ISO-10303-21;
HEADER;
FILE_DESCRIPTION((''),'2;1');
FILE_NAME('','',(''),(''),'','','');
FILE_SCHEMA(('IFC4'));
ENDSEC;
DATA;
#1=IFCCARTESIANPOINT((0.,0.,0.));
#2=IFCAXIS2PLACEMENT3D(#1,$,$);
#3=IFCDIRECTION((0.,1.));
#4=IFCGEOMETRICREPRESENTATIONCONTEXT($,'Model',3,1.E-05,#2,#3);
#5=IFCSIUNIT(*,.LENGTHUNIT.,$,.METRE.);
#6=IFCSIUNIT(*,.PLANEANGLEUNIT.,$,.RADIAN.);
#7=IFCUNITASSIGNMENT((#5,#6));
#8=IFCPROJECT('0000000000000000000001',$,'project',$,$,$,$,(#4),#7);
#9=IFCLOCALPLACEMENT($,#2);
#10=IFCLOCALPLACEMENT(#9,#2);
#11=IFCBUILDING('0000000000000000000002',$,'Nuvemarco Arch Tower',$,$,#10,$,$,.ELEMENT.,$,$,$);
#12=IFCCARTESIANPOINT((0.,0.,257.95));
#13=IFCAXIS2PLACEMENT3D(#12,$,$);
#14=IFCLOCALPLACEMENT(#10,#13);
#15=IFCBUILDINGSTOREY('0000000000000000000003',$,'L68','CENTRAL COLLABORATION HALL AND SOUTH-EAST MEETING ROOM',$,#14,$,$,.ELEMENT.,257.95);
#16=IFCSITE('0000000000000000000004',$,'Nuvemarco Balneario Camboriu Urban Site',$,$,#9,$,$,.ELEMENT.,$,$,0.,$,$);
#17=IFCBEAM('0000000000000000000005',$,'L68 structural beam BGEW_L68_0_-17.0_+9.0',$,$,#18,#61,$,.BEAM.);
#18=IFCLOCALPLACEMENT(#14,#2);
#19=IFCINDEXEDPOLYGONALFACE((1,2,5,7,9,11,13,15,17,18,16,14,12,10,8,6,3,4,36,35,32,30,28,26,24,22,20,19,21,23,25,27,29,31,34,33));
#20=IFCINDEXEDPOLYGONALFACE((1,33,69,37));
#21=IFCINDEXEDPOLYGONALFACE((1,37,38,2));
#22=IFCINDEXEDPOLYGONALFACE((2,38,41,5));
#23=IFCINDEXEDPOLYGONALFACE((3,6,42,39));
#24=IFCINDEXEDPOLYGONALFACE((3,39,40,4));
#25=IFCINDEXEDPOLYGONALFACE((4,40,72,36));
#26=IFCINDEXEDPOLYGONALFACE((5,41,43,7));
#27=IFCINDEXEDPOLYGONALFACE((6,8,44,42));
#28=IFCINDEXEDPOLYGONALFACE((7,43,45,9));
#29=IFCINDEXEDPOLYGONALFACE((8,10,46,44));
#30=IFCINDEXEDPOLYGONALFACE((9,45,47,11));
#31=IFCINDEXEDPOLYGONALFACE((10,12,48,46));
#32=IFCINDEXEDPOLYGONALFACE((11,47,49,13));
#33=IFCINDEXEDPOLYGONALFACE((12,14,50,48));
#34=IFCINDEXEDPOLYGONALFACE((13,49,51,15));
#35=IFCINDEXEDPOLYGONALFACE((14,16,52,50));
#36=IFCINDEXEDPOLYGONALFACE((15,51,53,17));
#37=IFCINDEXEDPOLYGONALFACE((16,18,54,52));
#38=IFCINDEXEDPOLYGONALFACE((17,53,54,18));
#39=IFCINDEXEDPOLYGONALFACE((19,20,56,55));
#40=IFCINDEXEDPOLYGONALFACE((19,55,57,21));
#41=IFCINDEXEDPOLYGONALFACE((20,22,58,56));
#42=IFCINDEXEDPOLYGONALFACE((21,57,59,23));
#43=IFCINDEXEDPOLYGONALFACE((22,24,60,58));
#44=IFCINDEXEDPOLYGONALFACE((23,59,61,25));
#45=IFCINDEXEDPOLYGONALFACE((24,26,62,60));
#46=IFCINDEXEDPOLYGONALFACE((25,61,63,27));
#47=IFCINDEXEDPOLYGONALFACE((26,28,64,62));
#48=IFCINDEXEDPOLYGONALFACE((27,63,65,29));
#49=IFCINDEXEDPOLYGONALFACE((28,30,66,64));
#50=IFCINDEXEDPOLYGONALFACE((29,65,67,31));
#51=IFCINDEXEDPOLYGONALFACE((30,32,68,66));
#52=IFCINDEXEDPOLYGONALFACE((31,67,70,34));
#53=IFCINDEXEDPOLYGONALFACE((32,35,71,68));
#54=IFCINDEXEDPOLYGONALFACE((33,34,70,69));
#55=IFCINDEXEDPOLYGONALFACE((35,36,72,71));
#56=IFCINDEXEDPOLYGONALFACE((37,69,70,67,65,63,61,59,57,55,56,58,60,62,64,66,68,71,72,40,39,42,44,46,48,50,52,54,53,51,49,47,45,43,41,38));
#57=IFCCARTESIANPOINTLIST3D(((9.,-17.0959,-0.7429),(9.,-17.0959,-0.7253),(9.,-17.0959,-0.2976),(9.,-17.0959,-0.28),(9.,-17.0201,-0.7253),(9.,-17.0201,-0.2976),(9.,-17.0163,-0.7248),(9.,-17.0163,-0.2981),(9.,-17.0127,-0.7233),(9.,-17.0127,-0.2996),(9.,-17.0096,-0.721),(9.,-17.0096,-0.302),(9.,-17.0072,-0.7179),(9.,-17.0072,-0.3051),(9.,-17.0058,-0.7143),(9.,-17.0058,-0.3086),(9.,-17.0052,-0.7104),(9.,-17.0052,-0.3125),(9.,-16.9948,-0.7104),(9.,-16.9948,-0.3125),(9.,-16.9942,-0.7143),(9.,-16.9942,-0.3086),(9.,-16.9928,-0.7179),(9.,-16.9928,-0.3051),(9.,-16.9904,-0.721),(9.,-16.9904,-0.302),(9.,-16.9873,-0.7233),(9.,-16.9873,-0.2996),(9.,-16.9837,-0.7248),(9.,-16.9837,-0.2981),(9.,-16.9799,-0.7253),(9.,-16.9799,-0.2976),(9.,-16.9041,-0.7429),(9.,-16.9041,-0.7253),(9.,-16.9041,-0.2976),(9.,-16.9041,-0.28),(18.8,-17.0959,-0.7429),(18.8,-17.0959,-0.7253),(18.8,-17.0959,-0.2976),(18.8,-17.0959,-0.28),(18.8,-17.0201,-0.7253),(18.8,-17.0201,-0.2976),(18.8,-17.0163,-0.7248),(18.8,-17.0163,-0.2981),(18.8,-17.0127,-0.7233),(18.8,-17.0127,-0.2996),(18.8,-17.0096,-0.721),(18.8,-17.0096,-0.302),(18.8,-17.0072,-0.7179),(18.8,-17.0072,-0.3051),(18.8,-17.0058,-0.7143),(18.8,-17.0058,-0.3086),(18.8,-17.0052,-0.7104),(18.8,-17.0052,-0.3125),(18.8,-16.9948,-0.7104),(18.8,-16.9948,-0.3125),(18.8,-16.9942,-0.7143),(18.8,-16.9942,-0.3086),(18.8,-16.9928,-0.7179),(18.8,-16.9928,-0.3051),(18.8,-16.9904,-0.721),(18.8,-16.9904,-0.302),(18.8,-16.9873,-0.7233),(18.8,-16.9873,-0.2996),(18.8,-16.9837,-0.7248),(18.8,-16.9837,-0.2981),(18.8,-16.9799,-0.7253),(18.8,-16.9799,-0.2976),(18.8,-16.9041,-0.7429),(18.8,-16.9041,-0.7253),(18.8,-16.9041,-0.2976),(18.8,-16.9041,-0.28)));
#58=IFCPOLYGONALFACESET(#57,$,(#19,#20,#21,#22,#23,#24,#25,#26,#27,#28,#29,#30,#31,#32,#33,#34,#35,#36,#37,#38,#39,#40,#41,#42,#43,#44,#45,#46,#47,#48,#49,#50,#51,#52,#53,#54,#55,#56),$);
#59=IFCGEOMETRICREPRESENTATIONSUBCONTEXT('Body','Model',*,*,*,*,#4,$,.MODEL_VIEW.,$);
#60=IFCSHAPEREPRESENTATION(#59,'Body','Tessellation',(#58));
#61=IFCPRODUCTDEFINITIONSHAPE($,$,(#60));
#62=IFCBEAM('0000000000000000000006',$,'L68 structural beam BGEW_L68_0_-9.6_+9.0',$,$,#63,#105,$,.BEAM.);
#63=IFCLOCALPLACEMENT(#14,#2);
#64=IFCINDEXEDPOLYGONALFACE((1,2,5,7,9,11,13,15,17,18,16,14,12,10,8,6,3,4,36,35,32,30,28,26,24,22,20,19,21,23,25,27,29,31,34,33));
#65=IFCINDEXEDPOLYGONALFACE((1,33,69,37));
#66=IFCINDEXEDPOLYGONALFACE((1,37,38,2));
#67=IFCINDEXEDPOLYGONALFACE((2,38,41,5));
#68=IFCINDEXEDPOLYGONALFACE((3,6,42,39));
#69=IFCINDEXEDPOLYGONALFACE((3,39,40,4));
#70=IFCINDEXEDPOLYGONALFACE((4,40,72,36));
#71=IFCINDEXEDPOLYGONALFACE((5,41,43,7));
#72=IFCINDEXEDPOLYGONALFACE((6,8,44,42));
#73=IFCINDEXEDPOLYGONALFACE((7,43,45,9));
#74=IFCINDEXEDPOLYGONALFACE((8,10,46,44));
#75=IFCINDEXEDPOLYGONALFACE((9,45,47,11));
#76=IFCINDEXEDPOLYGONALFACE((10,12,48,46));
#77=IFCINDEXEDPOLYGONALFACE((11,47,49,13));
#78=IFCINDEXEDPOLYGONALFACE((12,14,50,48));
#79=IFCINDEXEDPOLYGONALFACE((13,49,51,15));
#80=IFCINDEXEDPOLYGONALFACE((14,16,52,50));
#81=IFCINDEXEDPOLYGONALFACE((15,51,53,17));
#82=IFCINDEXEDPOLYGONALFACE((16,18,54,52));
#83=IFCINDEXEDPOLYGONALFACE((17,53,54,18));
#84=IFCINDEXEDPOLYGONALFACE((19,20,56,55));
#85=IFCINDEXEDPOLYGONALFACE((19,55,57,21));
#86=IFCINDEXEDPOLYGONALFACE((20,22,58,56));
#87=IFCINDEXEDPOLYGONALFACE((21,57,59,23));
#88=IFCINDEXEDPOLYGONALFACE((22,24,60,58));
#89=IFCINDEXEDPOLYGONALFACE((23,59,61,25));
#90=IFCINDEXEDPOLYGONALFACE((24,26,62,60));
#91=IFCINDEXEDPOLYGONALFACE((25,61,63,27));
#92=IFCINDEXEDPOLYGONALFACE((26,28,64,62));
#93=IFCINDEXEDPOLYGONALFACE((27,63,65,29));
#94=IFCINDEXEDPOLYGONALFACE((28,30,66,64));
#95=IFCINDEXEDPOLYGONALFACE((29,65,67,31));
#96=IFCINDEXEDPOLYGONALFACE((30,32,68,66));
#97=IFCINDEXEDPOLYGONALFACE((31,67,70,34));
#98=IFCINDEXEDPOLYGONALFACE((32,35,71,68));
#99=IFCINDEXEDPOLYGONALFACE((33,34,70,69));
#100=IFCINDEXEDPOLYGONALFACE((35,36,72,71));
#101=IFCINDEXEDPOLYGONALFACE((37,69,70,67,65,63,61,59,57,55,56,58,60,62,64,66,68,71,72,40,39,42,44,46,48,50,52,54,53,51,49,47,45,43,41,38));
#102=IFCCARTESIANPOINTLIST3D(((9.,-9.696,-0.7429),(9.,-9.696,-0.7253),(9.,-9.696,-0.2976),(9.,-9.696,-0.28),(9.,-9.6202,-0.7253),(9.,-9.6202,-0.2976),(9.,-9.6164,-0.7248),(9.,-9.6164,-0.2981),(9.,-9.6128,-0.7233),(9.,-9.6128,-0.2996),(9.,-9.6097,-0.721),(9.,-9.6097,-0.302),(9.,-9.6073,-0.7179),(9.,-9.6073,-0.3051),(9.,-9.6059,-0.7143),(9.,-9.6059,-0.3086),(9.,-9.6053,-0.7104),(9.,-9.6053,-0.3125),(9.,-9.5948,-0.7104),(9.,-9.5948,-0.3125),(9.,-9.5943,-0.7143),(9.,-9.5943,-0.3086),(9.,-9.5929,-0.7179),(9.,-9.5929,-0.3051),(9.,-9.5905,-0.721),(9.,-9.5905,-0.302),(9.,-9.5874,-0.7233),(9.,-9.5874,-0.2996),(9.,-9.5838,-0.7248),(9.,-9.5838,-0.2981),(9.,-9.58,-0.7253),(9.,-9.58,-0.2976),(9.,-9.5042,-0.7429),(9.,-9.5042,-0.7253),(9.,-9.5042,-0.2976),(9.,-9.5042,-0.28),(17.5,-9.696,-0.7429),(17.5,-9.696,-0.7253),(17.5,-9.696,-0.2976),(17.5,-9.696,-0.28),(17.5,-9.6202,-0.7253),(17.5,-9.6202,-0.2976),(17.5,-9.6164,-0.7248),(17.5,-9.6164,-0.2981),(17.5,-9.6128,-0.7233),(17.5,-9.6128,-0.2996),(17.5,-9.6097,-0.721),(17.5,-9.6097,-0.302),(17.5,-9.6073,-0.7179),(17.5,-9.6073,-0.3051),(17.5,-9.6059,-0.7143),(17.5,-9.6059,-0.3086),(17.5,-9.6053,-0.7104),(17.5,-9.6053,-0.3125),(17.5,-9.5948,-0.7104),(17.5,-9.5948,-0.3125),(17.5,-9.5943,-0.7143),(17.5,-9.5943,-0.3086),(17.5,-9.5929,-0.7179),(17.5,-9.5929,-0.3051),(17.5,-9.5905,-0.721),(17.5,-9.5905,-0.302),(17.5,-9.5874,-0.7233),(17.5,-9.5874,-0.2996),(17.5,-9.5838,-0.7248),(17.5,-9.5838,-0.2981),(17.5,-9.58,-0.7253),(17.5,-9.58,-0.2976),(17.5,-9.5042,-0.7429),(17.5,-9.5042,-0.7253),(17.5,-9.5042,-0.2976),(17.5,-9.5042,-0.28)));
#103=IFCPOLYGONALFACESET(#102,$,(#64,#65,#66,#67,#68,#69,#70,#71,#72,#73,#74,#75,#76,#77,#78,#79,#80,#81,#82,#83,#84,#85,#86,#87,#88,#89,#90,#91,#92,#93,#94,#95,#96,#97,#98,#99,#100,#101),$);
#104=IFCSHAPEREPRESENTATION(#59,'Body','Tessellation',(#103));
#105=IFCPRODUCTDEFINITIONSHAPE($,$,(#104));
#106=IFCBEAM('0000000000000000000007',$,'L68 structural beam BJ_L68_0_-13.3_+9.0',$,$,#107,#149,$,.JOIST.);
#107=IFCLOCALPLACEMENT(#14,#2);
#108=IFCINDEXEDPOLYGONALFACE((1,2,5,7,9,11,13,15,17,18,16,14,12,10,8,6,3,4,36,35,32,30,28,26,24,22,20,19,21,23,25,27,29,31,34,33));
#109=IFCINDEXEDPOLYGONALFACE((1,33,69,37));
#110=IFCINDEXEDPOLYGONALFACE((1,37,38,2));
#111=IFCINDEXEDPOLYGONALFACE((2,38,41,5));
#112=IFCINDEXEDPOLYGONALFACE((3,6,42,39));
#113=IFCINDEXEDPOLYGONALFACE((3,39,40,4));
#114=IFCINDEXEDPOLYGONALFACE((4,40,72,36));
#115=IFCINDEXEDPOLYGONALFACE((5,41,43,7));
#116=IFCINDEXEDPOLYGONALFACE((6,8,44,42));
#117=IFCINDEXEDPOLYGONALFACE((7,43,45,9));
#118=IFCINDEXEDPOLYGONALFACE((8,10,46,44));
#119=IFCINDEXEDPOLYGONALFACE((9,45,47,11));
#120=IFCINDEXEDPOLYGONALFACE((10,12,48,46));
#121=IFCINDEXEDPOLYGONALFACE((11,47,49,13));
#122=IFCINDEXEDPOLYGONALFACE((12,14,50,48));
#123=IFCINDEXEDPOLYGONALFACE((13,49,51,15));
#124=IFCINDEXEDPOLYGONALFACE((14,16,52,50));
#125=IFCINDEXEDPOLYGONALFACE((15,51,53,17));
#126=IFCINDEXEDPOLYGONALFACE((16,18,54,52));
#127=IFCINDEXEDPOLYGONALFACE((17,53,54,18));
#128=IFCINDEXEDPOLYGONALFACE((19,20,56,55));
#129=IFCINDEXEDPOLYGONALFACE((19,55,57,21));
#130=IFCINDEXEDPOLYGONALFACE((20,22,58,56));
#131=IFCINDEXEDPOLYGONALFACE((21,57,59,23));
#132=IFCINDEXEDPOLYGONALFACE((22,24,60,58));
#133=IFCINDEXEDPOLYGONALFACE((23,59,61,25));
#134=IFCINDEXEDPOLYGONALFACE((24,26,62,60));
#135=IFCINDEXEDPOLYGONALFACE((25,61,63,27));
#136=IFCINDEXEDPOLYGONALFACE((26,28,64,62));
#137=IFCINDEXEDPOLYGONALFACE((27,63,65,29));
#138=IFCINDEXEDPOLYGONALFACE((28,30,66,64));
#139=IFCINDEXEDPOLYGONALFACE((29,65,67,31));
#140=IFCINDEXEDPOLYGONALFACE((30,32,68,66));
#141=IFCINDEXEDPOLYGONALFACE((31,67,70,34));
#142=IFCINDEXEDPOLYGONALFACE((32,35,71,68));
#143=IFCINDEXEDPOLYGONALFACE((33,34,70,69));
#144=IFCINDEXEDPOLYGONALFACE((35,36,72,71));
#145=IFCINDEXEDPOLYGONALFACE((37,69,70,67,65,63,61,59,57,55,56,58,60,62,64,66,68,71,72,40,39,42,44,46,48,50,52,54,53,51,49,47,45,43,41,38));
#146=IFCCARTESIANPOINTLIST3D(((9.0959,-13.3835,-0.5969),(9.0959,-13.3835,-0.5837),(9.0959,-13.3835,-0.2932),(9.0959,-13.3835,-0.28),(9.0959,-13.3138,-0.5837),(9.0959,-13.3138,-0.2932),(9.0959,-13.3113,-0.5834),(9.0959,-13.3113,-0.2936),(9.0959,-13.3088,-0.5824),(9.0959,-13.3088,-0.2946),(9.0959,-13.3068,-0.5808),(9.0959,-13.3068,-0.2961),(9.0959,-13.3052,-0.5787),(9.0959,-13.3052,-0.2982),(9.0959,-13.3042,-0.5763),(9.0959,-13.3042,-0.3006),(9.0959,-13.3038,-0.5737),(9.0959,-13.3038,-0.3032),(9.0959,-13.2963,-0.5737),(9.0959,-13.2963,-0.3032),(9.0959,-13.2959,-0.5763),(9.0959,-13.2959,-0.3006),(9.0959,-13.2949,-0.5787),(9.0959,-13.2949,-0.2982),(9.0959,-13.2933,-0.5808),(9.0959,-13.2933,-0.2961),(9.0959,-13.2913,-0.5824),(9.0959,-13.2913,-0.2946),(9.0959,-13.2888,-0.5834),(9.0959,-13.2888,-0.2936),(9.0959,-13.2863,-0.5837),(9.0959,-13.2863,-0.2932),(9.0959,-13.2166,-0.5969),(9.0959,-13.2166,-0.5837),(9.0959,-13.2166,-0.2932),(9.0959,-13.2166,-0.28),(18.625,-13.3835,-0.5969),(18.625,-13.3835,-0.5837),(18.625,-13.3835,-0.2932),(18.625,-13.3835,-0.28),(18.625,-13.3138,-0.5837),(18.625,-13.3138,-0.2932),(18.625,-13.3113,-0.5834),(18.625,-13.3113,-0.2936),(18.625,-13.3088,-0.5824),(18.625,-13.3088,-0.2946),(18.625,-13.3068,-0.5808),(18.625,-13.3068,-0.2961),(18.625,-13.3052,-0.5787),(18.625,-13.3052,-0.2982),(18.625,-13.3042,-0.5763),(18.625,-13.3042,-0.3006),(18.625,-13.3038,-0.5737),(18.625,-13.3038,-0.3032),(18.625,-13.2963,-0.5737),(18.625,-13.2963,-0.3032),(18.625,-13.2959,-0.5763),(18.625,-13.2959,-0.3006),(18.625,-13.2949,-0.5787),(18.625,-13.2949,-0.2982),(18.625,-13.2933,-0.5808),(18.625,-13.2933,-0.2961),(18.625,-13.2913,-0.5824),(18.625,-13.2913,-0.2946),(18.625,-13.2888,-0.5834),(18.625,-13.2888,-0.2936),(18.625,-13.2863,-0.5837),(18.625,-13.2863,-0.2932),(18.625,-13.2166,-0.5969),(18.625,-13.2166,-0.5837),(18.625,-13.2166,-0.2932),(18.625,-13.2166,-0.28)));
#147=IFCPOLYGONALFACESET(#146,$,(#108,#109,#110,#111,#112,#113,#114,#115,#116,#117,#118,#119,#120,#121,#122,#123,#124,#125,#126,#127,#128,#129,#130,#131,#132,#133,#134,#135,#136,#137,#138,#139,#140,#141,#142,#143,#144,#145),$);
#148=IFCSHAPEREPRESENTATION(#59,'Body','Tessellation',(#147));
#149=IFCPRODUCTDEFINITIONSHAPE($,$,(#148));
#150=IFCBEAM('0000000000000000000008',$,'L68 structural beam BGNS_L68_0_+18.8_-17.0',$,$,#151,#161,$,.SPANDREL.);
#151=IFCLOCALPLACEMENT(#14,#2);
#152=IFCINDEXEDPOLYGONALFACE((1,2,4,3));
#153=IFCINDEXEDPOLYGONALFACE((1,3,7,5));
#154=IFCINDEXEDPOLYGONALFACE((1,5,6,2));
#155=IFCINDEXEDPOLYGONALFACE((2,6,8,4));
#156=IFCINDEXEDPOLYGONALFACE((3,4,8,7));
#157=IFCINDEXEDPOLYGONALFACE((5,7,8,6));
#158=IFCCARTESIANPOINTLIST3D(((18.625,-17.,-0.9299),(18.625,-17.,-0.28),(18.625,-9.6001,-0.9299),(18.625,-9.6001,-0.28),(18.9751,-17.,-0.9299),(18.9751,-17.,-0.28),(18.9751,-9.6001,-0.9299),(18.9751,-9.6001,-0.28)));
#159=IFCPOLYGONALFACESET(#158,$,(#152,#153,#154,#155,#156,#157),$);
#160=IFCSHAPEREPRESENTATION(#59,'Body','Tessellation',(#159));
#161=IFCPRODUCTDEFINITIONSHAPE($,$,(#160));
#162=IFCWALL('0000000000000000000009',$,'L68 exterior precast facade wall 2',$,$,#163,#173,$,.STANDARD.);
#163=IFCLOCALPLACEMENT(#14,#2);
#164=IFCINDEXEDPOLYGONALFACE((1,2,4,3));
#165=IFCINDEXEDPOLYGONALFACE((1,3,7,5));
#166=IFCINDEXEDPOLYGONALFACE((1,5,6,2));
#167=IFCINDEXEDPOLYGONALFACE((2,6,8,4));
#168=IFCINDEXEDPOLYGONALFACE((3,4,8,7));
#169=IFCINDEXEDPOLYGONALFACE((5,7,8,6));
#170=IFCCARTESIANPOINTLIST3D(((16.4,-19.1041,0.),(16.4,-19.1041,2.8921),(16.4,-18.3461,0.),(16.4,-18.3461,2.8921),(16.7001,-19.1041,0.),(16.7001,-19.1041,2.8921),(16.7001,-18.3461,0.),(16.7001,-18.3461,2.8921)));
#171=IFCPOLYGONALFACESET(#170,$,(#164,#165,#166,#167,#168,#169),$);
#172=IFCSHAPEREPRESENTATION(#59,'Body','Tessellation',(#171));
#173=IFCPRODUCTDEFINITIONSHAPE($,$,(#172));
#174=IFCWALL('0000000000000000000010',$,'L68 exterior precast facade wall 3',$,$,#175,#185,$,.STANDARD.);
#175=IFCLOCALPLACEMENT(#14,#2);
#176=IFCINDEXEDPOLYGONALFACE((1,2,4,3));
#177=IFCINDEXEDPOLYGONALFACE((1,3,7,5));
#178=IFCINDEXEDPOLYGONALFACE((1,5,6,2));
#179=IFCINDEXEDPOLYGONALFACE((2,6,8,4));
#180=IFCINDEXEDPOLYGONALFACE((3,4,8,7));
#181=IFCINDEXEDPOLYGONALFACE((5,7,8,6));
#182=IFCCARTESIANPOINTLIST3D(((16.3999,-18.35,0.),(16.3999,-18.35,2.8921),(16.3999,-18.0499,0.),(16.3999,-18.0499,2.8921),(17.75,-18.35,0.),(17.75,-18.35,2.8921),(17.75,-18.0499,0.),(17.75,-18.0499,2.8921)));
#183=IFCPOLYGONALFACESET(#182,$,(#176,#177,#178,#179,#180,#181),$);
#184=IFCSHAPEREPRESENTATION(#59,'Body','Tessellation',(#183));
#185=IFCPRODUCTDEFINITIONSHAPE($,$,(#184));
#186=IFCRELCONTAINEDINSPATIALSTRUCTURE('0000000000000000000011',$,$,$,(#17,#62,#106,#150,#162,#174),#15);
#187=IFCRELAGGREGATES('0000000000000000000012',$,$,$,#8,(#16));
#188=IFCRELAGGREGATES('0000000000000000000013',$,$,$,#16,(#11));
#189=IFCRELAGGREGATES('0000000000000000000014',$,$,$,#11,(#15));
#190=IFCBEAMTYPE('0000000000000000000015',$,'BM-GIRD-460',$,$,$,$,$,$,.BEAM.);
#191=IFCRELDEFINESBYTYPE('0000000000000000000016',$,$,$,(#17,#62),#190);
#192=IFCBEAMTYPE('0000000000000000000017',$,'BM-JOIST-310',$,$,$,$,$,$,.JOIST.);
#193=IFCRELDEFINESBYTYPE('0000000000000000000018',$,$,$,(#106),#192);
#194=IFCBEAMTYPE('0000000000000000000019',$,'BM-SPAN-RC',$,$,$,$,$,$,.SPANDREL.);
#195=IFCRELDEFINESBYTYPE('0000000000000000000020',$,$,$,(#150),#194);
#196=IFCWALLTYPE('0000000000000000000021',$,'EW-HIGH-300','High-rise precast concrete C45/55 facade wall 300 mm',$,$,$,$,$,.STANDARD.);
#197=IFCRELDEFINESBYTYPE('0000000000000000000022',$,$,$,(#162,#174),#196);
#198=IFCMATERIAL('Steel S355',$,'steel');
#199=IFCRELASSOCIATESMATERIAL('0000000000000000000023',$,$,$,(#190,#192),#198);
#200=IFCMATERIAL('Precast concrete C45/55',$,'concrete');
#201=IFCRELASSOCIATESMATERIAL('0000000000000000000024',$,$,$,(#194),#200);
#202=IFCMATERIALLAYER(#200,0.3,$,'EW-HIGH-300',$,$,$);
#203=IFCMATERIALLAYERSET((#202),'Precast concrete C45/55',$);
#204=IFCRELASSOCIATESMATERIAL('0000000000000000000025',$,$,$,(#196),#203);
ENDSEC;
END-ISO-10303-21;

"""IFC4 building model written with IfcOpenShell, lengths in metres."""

from ifc_helpers import new_model, si_unit, direction, frame, frame_2d, origin, origin_2d, place, context, subcontext, project, spatial, rectangle, i_section, extrude, material, layer, layer_set, material_profile, profile_set, type_object, element, save


model = new_model("IFC4")

# Units and contexts
model_context = context("Model", 3, precision=1e-05, world=origin(), true_north=direction((0.0, 1.0)))
body_context = subcontext(model_context, "Body", "Model", "MODEL_VIEW")
ifc_project = project(units=[si_unit("LENGTHUNIT", "METRE"), si_unit("PLANEANGLEUNIT", "RADIAN")], contexts=[model_context])

# Site, building, storey
site_placement = place(None, origin())
site = spatial("IfcSite", under=ifc_project, at=site_placement, Name="Nuvemarco Balneario Camboriu Urban Site", CompositionType="ELEMENT", RefElevation=0.0)
building_placement = place(site_placement, origin())
building = spatial("IfcBuilding", under=site, at=building_placement, Name="Nuvemarco Arch Tower", CompositionType="ELEMENT")
storey_placement = place(building_placement, frame((0.0, 0.0, 257.95)))
storey = spatial("IfcBuildingStorey", under=building, at=storey_placement, Name="L68", Description="CENTRAL COLLABORATION HALL AND SOUTH-EAST MEETING ROOM", CompositionType="ELEMENT", Elevation=257.95)

# Shared definitions
ifc_material_1 = material(Name="Steel S355", Category="steel")

# Beams
ifc_material_profile_1 = material_profile(ifc_material_1, i_section(OverallWidth=0.1919, OverallDepth=0.4629, WebThickness=0.0105, FlangeThickness=0.0176, FilletRadius=0.0149, at=origin_2d()), Name="W460x89")
ifc_profile_set_1 = profile_set([ifc_material_profile_1], Name="Steel S355")
beam_type_1 = type_object("IfcBeamType", Name="BM-GIRD-460", PredefinedType="BEAM", material=ifc_profile_set_1)
beam_1_placement = place(storey_placement, frame((9.0, -17.0, -0.5115), z_axis=(1.0, 0.0, 0.0), x_axis=(0.0, 1.0, 0.0)))
element("IfcBeam", 1, at=beam_1_placement, inside=storey, type_object=beam_type_1, Name="L68 structural beam BGEW_L68_0_-17.0_+9.0", PredefinedType="BEAM", context=body_context, shape_type="SweptSolid", body=[
    extrude(i_section(OverallWidth=0.1919, OverallDepth=0.4629, WebThickness=0.0105, FlangeThickness=0.0176, FilletRadius=0.0149, at=origin_2d()), origin(), (0.0, 0.0, 1.0), 9.8),
])
beam_2_placement = place(storey_placement, frame((9.0, -9.6001, -0.5115), z_axis=(1.0, 0.0, 0.0), x_axis=(0.0, 1.0, 0.0)))
element("IfcBeam", 2, at=beam_2_placement, inside=storey, type_object=beam_type_1, Name="L68 structural beam BGEW_L68_0_-9.6_+9.0", PredefinedType="BEAM", context=body_context, shape_type="SweptSolid", body=[
    extrude(i_section(OverallWidth=0.1919, OverallDepth=0.4629, WebThickness=0.0105, FlangeThickness=0.0176, FilletRadius=0.0149, at=origin_2d()), origin(), (0.0, 0.0, 1.0), 8.5),
])
ifc_material_profile_2 = material_profile(ifc_material_1, i_section(OverallWidth=0.167, OverallDepth=0.3169, WebThickness=0.0076, FlangeThickness=0.0132, FilletRadius=0.01, at=origin_2d()), Name="W310x52")
ifc_profile_set_2 = profile_set([ifc_material_profile_2], Name="Steel S355")
beam_type_2 = type_object("IfcBeamType", Name="BM-JOIST-310", PredefinedType="JOIST", material=ifc_profile_set_2)
beam_3_placement = place(storey_placement, frame((9.0959, -13.3, -0.4385), z_axis=(1.0, 0.0, 0.0), x_axis=(0.0, 1.0, 0.0)))
element("IfcBeam", 3, at=beam_3_placement, inside=storey, type_object=beam_type_2, Name="L68 structural beam BJ_L68_0_-13.3_+9.0", PredefinedType="JOIST", context=body_context, shape_type="SweptSolid", body=[
    extrude(i_section(OverallWidth=0.167, OverallDepth=0.3169, WebThickness=0.0076, FlangeThickness=0.0132, FilletRadius=0.01, at=origin_2d()), origin(), (0.0, 0.0, 1.0), 9.5291),
])
ifc_material_2 = material(Name="Precast concrete C45/55", Category="concrete")
ifc_material_profile_3 = material_profile(ifc_material_2, rectangle(XDim=0.3501, YDim=0.6499, at=origin_2d()), Name="PC-SP-350x650")
ifc_profile_set_3 = profile_set([ifc_material_profile_3], Name="Precast concrete C45/55")
beam_type_3 = type_object("IfcBeamType", Name="BM-SPAN-RC", PredefinedType="SPANDREL", material=ifc_profile_set_3)
beam_4_placement = place(storey_placement, frame((18.8, -17.0, -0.605), z_axis=(0.0, 1.0, 0.0), x_axis=(-1.0, 0.0, 0.0)))
element("IfcBeam", 4, at=beam_4_placement, inside=storey, type_object=beam_type_3, Name="L68 structural beam BGNS_L68_0_+18.8_-17.0", PredefinedType="SPANDREL", context=body_context, shape_type="SweptSolid", body=[
    extrude(rectangle(XDim=0.3501, YDim=0.6499, at=origin_2d()), origin(), (0.0, 0.0, 1.0), 7.3999),
])

# Walls
ifc_layer_1 = layer(ifc_material_2, 0.3, Name="EW-HIGH-300")
ifc_layer_set_1 = layer_set([ifc_layer_1], Name="Precast concrete C45/55")
wall_type_1 = type_object("IfcWallType", Name="EW-HIGH-300", Description="High-rise precast concrete C45/55 facade wall 300 mm", PredefinedType="STANDARD", material=ifc_layer_set_1)
wall_1_placement = place(storey_placement, frame((16.55, -19.104, 0.0), z_axis=(0.0, 0.0, 1.0), x_axis=(0.0, 1.0, 0.0)))
element("IfcWall", 5, at=wall_1_placement, inside=storey, type_object=wall_type_1, Name="L68 exterior precast facade wall 2", PredefinedType="STANDARD", context=body_context, shape_type="SweptSolid", body=[
    extrude(rectangle(XDim=0.7581, YDim=0.3, at=frame_2d((0.3789, 0.0))), origin(), (0.0, 0.0, 1.0), 2.8921),
])
wall_2_placement = place(storey_placement, frame((16.3999, -18.2, 0.0), z_axis=(0.0, 0.0, 1.0), x_axis=(1.0, 0.0, 0.0)))
element("IfcWall", 6, at=wall_2_placement, inside=storey, type_object=wall_type_1, Name="L68 exterior precast facade wall 3", PredefinedType="STANDARD", context=body_context, shape_type="SweptSolid", body=[
    extrude(rectangle(XDim=1.3501, YDim=0.3, at=frame_2d((0.675, 0.0))), origin(), (0.0, 0.0, 1.0), 2.8921),
])

save(model, "model.ifc")
